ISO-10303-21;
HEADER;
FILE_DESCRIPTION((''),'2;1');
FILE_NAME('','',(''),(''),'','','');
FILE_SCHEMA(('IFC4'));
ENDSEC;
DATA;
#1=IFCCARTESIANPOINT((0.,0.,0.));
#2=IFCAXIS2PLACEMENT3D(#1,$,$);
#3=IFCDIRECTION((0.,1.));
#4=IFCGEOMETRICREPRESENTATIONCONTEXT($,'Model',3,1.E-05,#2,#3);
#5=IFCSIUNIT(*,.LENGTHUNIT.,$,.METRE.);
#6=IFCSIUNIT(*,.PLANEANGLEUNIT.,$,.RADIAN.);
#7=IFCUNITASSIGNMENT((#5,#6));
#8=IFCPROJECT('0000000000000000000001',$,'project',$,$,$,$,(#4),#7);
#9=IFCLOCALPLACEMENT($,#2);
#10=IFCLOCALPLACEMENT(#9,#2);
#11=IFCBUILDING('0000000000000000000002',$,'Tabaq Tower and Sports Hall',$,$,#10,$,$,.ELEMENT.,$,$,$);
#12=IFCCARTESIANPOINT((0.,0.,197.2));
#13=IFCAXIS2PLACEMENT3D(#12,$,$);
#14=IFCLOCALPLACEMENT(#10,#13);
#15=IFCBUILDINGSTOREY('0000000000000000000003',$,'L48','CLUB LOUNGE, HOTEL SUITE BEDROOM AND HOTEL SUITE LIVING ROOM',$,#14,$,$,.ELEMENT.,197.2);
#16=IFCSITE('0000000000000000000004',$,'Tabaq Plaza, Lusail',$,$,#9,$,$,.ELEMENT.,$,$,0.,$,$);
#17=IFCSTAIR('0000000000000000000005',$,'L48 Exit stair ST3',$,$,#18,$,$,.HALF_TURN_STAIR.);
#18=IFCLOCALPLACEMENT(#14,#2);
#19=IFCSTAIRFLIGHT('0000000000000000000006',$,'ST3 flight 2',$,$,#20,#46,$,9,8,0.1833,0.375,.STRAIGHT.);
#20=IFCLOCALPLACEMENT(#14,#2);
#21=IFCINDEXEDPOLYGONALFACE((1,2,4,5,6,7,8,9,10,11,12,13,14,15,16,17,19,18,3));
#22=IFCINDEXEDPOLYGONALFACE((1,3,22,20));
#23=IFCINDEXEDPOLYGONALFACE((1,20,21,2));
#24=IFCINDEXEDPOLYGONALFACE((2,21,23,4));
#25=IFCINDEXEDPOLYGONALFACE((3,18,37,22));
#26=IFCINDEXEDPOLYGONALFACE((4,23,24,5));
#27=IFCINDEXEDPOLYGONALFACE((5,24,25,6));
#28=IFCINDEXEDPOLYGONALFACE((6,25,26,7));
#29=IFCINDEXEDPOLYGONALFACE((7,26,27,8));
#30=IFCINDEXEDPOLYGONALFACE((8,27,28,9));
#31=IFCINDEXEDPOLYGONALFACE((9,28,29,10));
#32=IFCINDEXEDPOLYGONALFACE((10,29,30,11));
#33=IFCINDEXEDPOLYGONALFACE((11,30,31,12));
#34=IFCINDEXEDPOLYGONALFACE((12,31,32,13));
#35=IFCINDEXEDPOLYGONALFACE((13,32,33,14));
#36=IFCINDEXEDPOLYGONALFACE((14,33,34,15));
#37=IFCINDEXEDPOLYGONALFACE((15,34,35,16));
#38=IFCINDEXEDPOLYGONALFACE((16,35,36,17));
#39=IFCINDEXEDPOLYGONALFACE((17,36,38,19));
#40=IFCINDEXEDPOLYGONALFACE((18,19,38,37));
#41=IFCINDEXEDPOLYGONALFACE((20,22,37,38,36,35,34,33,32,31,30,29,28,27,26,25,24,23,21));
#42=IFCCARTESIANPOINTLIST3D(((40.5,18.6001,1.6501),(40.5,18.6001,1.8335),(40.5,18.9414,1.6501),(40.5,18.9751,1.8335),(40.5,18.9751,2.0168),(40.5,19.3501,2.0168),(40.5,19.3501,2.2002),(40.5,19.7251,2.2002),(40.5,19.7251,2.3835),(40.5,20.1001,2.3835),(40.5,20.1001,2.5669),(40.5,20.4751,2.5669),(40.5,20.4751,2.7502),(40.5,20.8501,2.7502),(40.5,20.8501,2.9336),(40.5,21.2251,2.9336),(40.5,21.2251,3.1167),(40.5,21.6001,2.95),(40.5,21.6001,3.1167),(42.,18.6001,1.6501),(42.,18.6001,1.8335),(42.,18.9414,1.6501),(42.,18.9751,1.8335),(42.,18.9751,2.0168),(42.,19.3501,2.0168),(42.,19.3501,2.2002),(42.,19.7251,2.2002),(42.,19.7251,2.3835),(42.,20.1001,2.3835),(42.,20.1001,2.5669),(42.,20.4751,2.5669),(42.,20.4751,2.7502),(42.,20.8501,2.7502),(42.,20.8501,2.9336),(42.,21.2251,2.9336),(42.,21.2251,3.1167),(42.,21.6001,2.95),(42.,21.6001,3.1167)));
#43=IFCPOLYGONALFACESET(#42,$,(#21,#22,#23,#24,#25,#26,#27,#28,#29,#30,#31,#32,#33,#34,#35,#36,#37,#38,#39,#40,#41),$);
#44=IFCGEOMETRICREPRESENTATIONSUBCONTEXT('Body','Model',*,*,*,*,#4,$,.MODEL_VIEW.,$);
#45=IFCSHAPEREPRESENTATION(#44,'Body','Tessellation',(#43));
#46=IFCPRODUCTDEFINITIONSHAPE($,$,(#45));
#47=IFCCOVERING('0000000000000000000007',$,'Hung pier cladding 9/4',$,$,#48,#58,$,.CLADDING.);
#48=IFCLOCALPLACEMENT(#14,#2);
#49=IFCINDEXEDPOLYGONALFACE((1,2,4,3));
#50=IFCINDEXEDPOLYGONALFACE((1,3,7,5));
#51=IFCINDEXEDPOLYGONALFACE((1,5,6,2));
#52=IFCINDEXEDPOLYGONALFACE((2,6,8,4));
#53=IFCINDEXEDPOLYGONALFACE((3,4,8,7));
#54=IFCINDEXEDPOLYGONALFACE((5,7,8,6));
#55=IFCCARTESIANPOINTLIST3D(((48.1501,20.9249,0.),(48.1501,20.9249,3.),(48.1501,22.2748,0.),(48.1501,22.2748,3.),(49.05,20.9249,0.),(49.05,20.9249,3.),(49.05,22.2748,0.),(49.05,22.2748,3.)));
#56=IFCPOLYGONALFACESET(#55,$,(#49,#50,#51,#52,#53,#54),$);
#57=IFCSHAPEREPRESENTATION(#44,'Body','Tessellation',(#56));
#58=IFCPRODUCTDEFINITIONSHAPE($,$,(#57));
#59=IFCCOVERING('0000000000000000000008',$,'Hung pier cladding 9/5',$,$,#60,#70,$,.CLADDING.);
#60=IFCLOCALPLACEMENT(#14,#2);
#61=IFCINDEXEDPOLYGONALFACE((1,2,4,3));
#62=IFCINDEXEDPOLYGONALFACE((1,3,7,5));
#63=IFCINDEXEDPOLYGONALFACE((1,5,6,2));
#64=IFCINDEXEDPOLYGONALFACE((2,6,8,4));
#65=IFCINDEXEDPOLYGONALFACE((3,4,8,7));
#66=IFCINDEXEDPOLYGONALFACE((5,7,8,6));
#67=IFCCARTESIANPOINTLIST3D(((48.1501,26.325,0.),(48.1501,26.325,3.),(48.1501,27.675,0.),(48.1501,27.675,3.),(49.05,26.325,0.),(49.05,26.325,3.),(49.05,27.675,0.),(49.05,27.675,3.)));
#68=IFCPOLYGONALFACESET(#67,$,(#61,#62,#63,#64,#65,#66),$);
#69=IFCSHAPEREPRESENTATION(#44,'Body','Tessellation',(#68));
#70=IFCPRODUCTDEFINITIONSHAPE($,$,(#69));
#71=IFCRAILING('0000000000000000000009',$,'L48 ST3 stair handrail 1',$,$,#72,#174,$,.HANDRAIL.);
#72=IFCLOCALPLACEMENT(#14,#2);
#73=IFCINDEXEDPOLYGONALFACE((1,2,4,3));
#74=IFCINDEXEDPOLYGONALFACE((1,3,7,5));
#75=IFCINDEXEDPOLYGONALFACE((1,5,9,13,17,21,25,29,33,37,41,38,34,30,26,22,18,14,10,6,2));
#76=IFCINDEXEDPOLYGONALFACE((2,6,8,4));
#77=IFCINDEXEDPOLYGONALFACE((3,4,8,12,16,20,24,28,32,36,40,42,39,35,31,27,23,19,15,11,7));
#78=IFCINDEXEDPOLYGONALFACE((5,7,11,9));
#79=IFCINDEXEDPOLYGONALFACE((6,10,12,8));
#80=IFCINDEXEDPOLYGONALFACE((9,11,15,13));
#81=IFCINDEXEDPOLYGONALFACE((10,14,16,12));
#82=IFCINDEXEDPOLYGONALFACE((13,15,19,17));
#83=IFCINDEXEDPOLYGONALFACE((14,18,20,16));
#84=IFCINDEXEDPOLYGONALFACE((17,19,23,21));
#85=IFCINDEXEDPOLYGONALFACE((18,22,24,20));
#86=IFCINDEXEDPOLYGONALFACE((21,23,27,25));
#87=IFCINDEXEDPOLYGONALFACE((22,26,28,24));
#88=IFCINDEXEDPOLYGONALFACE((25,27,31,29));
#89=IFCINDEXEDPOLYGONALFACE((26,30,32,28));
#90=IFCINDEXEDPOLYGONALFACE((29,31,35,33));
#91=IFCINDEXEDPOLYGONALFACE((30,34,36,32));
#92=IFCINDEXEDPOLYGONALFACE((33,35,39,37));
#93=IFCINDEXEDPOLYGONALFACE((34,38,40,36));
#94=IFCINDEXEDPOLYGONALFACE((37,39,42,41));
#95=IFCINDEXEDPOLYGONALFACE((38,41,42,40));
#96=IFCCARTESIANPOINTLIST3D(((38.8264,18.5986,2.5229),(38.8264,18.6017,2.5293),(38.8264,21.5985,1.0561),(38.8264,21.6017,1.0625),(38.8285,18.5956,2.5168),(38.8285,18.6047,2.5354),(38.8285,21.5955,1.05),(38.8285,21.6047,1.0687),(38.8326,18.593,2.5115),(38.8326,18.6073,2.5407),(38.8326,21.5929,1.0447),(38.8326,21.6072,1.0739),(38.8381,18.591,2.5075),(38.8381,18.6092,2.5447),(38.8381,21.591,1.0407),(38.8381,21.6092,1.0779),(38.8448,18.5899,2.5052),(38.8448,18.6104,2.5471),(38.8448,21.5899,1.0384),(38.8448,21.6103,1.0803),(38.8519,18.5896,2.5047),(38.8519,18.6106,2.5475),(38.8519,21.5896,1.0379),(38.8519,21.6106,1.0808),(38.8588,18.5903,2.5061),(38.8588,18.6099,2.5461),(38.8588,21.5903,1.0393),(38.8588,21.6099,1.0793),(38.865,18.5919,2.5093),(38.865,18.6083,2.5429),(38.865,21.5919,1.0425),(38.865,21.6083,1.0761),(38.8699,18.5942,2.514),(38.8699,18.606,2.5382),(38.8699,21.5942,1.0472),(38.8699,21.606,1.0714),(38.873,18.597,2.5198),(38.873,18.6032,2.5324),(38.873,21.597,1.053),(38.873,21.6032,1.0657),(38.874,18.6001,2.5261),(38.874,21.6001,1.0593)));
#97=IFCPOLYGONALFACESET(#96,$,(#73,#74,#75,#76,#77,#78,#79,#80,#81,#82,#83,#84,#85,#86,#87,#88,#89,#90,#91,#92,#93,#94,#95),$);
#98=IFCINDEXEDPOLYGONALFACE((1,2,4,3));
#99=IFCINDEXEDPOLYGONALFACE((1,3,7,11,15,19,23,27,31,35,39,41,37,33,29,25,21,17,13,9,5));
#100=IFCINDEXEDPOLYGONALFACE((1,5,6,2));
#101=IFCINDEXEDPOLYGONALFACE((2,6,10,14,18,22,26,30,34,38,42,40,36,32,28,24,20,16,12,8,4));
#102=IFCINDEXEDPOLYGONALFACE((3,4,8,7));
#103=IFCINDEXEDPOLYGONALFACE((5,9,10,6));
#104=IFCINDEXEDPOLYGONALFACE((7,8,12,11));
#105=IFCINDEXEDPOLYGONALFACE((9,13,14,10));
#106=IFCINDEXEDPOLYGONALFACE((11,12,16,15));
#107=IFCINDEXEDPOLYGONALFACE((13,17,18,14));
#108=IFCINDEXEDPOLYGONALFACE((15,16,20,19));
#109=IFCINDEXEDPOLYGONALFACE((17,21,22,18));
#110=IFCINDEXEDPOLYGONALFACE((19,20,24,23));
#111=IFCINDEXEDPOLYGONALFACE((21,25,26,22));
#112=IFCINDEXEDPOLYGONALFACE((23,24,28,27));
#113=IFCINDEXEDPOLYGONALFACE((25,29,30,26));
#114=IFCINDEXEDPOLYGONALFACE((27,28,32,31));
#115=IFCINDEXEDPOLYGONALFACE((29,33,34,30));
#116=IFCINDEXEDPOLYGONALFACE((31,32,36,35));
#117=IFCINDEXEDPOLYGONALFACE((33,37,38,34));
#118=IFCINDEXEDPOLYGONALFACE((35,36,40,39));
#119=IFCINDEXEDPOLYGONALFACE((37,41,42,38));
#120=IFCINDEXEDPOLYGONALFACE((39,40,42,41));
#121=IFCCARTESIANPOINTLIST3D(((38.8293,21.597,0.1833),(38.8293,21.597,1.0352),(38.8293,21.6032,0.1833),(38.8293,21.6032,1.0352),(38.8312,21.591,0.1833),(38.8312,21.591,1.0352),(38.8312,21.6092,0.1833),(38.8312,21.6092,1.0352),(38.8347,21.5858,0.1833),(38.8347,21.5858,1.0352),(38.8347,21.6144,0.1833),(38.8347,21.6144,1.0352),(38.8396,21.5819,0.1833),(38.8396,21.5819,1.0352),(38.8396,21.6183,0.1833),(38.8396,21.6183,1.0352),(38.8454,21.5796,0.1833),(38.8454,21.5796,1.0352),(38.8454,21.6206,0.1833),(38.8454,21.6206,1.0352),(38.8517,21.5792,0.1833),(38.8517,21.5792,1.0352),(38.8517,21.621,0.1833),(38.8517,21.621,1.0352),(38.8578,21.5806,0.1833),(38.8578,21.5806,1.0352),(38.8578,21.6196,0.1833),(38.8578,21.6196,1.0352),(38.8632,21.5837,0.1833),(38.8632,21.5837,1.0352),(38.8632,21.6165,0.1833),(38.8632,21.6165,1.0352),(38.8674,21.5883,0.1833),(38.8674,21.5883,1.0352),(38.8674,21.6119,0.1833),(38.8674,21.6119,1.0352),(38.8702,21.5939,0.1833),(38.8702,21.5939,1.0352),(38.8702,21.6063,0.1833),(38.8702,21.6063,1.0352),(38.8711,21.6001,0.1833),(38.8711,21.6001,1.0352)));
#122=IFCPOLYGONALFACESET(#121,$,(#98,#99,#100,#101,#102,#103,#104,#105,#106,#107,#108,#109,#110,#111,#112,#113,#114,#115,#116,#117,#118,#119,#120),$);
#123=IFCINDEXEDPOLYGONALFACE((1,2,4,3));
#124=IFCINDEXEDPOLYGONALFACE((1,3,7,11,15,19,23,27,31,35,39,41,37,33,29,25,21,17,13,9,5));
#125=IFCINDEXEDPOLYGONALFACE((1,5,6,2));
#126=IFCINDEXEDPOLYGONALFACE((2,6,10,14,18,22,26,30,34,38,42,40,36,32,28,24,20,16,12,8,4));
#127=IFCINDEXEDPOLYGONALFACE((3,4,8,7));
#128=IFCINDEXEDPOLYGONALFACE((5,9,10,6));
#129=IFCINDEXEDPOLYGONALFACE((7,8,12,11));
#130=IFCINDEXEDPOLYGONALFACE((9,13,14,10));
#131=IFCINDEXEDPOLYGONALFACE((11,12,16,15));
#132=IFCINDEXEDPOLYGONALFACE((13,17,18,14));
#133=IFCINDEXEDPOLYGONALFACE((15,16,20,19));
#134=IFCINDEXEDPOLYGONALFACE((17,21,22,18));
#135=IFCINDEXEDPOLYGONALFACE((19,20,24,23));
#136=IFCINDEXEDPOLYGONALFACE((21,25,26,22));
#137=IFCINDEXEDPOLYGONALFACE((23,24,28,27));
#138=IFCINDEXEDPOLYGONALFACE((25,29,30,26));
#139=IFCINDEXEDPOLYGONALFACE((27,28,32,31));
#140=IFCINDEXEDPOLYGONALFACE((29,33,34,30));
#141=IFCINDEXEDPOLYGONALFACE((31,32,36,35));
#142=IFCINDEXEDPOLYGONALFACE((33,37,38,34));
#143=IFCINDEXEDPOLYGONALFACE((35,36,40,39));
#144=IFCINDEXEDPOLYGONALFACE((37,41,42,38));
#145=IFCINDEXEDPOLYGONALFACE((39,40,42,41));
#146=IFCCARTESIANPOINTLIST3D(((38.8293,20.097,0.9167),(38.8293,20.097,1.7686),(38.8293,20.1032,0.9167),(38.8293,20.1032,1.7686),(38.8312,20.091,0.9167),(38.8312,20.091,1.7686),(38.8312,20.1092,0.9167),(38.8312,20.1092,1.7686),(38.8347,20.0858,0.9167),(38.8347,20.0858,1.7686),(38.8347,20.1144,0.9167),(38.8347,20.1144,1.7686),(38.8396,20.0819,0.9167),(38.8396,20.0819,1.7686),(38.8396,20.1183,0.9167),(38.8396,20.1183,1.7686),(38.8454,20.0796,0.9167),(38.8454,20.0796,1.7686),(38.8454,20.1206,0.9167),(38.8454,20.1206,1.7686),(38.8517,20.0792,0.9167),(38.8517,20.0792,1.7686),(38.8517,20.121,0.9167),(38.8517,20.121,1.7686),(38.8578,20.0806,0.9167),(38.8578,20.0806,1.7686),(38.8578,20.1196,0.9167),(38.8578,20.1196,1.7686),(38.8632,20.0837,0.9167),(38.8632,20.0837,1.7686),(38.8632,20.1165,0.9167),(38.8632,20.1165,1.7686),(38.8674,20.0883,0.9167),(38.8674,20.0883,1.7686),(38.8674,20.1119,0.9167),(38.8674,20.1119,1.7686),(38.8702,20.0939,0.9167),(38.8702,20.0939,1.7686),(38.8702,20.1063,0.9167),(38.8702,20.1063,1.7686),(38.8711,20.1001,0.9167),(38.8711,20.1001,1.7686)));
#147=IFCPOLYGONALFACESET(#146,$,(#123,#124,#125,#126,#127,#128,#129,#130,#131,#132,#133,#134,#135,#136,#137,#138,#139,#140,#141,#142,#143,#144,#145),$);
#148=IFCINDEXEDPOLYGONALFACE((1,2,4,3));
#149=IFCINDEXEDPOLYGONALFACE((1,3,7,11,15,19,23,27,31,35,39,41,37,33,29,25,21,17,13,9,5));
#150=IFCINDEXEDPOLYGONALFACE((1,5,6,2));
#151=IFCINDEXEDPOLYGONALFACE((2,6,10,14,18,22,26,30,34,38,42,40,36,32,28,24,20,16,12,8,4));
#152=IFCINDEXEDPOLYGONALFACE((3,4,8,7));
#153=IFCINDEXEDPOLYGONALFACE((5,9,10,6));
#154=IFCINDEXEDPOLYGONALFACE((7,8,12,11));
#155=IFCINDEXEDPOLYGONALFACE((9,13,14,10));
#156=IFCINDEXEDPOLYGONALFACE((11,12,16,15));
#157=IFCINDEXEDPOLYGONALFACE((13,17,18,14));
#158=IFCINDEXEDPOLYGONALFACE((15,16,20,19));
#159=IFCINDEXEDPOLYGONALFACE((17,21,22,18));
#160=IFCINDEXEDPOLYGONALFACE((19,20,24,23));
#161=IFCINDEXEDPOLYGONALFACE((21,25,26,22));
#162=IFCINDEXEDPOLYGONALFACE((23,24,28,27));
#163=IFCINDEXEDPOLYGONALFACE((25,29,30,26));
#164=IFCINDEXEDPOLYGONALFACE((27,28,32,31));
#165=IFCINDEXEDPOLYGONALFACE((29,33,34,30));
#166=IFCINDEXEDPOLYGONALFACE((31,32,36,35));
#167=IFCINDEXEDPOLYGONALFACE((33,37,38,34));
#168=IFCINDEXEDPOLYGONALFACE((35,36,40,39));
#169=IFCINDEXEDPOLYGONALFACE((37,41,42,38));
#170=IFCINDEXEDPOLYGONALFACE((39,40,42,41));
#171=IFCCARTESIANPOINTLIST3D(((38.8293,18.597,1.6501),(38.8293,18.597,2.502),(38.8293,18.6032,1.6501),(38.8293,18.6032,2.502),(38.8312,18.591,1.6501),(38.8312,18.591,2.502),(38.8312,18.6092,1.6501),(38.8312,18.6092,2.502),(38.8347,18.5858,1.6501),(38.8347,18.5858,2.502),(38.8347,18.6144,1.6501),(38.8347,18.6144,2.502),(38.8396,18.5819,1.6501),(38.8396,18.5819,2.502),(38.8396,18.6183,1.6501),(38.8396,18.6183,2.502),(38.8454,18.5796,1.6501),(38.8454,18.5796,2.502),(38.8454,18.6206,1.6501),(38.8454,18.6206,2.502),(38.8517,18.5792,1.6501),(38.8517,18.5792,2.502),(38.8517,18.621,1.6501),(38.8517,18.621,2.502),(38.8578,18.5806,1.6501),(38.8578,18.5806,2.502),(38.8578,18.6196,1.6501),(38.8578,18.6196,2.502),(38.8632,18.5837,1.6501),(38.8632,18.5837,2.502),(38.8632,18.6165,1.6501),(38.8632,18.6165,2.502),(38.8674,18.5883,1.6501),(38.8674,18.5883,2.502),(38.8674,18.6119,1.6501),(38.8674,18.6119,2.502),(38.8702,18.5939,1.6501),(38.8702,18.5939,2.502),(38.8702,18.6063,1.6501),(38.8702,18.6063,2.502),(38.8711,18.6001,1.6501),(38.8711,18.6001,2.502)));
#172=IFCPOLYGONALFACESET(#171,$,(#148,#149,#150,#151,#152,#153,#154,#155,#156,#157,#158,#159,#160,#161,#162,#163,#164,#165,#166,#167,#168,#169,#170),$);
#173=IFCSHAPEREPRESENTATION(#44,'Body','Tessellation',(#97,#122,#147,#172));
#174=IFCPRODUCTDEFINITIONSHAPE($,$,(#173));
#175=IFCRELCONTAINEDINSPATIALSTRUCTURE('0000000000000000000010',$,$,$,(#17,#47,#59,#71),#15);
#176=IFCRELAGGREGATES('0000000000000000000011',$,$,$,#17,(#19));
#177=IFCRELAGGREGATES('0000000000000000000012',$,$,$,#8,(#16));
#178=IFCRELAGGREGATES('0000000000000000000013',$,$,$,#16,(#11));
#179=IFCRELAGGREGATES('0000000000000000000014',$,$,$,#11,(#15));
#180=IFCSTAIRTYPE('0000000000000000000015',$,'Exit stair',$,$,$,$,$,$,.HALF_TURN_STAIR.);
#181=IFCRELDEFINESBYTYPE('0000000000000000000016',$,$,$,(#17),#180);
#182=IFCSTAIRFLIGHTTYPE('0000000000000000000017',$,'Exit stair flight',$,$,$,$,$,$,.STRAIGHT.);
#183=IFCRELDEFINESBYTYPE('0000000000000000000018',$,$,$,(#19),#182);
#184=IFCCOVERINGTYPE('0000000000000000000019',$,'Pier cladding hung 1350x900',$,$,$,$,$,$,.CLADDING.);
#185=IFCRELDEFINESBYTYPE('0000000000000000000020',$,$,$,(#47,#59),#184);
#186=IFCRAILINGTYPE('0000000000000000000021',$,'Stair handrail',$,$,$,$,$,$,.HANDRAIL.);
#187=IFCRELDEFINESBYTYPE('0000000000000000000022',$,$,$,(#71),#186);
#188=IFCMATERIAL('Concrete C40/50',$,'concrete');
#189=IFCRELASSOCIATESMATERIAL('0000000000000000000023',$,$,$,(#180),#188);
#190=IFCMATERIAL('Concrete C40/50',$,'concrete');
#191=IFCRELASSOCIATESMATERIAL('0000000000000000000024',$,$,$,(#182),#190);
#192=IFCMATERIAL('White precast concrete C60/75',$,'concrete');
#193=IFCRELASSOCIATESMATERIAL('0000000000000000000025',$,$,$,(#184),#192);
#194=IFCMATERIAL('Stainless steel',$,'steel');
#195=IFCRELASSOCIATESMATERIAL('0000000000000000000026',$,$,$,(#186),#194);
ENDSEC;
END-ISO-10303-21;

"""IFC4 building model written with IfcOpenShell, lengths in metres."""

from ifc_helpers import new_model, si_unit, direction, frame, frame_2d, origin, origin_2d, place, context, subcontext, project, spatial, polyline, rectangle, circle, outline, extrude, material, type_object, element, aggregate, save


model = new_model("IFC4")

# Units and contexts
model_context = context("Model", 3, precision=1e-05, world=origin(), true_north=direction((0.0, 1.0)))
body_context = subcontext(model_context, "Body", "Model", "MODEL_VIEW")
ifc_project = project(units=[si_unit("LENGTHUNIT", "METRE"), si_unit("PLANEANGLEUNIT", "RADIAN")], contexts=[model_context])

# Site, building, storey
site_placement = place(None, origin())
site = spatial("IfcSite", under=ifc_project, at=site_placement, Name="Tabaq Plaza, Lusail", CompositionType="ELEMENT", RefElevation=0.0)
building_placement = place(site_placement, origin())
building = spatial("IfcBuilding", under=site, at=building_placement, Name="Tabaq Tower and Sports Hall", CompositionType="ELEMENT")
storey_placement = place(building_placement, frame((0.0, 0.0, 197.2)))
storey = spatial("IfcBuildingStorey", under=building, at=storey_placement, Name="L48", Description="CLUB LOUNGE, HOTEL SUITE BEDROOM AND HOTEL SUITE LIVING ROOM", CompositionType="ELEMENT", Elevation=197.2)

# Stair, stair flight
ifc_material_1 = material(Name="Concrete C40/50", Category="concrete")
stair_type = type_object("IfcStairType", Name="Exit stair", PredefinedType="HALF_TURN_STAIR", material=ifc_material_1)
stair_placement = place(storey_placement, origin())
stair = element("IfcStair", 1, at=stair_placement, inside=storey, type_object=stair_type, Name="L48 Exit stair ST3", PredefinedType="HALF_TURN_STAIR")
ifc_material_2 = material(Name="Concrete C40/50", Category="concrete")
stair_flight_type = type_object("IfcStairFlightType", Name="Exit stair flight", PredefinedType="STRAIGHT", material=ifc_material_2)
stair_flight_1_placement = place(storey_placement, frame((41.25, 18.6001, 1.6501), z_axis=(0.0, 0.0, 1.0), x_axis=(0.0, 1.0, 0.0)))
stair_flight_1 = element("IfcStairFlight", 2, at=stair_flight_1_placement, type_object=stair_flight_type, Name="ST3 flight 2", NumberOfRisers=9, NumberOfTreads=8, PredefinedType="STRAIGHT", RiserHeight=0.1833, TreadLength=0.375, context=body_context, shape_type="SweptSolid", body=[
    extrude(outline(polyline([(0.0, 0.0), (0.0, 0.1833), (0.375, 0.1833), (0.375, 0.3667), (0.75, 0.3667), (0.75, 0.55), (1.125, 0.55), (1.125, 0.7334), (1.5, 0.7334), (1.5, 0.9167), (1.875, 0.9167), (1.875, 1.1001), (2.25, 1.1001), (2.25, 1.2834), (2.625, 1.2834), (2.625, 1.4666), (3.0, 1.4666), (3.0, 1.6499), (3.0, 1.2998), (0.3413, 0.0), (0.0, 0.0)])), frame((0.0, 0.75, 0.0), z_axis=(0.0, -1.0, 0.0), x_axis=(1.0, 0.0, 0.0)), (0.0, 0.0, 1.0), 1.5),
])
aggregate(stair, [stair_flight_1])

# Coverings
ifc_material_3 = material(Name="White precast concrete C60/75", Category="concrete")
covering_type_1 = type_object("IfcCoveringType", Name="Pier cladding hung 1350x900", PredefinedType="CLADDING", material=ifc_material_3)
covering_1_placement = place(storey_placement, frame((48.6001, 20.925, 0.0), z_axis=(0.0, 0.0, 1.0), x_axis=(0.0, 1.0, 0.0)))
element("IfcCovering", 3, at=covering_1_placement, inside=storey, type_object=covering_type_1, Name="Hung pier cladding 9/4", PredefinedType="CLADDING", context=body_context, shape_type="SweptSolid", body=[
    extrude(rectangle(XDim=1.3499, YDim=0.8999, at=frame_2d((0.6748, 0.0))), origin(), (0.0, 0.0, 1.0), 3.0),
])
covering_2_placement = place(storey_placement, frame((48.6001, 26.325, 0.0), z_axis=(0.0, 0.0, 1.0), x_axis=(0.0, 1.0, 0.0)))
element("IfcCovering", 4, at=covering_2_placement, inside=storey, type_object=covering_type_1, Name="Hung pier cladding 9/5", PredefinedType="CLADDING", context=body_context, shape_type="SweptSolid", body=[
    extrude(rectangle(XDim=1.3501, YDim=0.8999, at=frame_2d((0.675, 0.0))), origin(), (0.0, 0.0, 1.0), 3.0),
])

# Railing
ifc_material_4 = material(Name="Stainless steel", Category="steel")
railing_type_1 = type_object("IfcRailingType", Name="Stair handrail", PredefinedType="HANDRAIL", material=ifc_material_4)
railing_1_placement = place(storey_placement, frame((38.8501, 21.6001, 0.1833)))
element("IfcRailing", 5, at=railing_1_placement, inside=storey, type_object=railing_type_1, Name="L48 ST3 stair handrail 1", PredefinedType="HANDRAIL", context=body_context, shape_type="SweptSolid", body=[
    extrude(circle(Radius=0.0239, at=origin_2d()), frame((0.0, 0.0, 0.876), z_axis=(0.0, -0.898369, 0.439242), x_axis=(1.0, 0.0, 0.0)), (0.0, 0.0, 1.0), 3.3394),
    extrude(circle(Radius=0.021, at=origin_2d()), origin(), (0.0, 0.0, 1.0), 0.8518),
    extrude(circle(Radius=0.021, at=origin_2d()), frame((0.0, -1.5, 0.7334)), (0.0, 0.0, 1.0), 0.8518),
    extrude(circle(Radius=0.021, at=origin_2d()), frame((0.0, -3.0, 1.4668)), (0.0, 0.0, 1.0), 0.8518),
])

save(model, "model.ifc")
